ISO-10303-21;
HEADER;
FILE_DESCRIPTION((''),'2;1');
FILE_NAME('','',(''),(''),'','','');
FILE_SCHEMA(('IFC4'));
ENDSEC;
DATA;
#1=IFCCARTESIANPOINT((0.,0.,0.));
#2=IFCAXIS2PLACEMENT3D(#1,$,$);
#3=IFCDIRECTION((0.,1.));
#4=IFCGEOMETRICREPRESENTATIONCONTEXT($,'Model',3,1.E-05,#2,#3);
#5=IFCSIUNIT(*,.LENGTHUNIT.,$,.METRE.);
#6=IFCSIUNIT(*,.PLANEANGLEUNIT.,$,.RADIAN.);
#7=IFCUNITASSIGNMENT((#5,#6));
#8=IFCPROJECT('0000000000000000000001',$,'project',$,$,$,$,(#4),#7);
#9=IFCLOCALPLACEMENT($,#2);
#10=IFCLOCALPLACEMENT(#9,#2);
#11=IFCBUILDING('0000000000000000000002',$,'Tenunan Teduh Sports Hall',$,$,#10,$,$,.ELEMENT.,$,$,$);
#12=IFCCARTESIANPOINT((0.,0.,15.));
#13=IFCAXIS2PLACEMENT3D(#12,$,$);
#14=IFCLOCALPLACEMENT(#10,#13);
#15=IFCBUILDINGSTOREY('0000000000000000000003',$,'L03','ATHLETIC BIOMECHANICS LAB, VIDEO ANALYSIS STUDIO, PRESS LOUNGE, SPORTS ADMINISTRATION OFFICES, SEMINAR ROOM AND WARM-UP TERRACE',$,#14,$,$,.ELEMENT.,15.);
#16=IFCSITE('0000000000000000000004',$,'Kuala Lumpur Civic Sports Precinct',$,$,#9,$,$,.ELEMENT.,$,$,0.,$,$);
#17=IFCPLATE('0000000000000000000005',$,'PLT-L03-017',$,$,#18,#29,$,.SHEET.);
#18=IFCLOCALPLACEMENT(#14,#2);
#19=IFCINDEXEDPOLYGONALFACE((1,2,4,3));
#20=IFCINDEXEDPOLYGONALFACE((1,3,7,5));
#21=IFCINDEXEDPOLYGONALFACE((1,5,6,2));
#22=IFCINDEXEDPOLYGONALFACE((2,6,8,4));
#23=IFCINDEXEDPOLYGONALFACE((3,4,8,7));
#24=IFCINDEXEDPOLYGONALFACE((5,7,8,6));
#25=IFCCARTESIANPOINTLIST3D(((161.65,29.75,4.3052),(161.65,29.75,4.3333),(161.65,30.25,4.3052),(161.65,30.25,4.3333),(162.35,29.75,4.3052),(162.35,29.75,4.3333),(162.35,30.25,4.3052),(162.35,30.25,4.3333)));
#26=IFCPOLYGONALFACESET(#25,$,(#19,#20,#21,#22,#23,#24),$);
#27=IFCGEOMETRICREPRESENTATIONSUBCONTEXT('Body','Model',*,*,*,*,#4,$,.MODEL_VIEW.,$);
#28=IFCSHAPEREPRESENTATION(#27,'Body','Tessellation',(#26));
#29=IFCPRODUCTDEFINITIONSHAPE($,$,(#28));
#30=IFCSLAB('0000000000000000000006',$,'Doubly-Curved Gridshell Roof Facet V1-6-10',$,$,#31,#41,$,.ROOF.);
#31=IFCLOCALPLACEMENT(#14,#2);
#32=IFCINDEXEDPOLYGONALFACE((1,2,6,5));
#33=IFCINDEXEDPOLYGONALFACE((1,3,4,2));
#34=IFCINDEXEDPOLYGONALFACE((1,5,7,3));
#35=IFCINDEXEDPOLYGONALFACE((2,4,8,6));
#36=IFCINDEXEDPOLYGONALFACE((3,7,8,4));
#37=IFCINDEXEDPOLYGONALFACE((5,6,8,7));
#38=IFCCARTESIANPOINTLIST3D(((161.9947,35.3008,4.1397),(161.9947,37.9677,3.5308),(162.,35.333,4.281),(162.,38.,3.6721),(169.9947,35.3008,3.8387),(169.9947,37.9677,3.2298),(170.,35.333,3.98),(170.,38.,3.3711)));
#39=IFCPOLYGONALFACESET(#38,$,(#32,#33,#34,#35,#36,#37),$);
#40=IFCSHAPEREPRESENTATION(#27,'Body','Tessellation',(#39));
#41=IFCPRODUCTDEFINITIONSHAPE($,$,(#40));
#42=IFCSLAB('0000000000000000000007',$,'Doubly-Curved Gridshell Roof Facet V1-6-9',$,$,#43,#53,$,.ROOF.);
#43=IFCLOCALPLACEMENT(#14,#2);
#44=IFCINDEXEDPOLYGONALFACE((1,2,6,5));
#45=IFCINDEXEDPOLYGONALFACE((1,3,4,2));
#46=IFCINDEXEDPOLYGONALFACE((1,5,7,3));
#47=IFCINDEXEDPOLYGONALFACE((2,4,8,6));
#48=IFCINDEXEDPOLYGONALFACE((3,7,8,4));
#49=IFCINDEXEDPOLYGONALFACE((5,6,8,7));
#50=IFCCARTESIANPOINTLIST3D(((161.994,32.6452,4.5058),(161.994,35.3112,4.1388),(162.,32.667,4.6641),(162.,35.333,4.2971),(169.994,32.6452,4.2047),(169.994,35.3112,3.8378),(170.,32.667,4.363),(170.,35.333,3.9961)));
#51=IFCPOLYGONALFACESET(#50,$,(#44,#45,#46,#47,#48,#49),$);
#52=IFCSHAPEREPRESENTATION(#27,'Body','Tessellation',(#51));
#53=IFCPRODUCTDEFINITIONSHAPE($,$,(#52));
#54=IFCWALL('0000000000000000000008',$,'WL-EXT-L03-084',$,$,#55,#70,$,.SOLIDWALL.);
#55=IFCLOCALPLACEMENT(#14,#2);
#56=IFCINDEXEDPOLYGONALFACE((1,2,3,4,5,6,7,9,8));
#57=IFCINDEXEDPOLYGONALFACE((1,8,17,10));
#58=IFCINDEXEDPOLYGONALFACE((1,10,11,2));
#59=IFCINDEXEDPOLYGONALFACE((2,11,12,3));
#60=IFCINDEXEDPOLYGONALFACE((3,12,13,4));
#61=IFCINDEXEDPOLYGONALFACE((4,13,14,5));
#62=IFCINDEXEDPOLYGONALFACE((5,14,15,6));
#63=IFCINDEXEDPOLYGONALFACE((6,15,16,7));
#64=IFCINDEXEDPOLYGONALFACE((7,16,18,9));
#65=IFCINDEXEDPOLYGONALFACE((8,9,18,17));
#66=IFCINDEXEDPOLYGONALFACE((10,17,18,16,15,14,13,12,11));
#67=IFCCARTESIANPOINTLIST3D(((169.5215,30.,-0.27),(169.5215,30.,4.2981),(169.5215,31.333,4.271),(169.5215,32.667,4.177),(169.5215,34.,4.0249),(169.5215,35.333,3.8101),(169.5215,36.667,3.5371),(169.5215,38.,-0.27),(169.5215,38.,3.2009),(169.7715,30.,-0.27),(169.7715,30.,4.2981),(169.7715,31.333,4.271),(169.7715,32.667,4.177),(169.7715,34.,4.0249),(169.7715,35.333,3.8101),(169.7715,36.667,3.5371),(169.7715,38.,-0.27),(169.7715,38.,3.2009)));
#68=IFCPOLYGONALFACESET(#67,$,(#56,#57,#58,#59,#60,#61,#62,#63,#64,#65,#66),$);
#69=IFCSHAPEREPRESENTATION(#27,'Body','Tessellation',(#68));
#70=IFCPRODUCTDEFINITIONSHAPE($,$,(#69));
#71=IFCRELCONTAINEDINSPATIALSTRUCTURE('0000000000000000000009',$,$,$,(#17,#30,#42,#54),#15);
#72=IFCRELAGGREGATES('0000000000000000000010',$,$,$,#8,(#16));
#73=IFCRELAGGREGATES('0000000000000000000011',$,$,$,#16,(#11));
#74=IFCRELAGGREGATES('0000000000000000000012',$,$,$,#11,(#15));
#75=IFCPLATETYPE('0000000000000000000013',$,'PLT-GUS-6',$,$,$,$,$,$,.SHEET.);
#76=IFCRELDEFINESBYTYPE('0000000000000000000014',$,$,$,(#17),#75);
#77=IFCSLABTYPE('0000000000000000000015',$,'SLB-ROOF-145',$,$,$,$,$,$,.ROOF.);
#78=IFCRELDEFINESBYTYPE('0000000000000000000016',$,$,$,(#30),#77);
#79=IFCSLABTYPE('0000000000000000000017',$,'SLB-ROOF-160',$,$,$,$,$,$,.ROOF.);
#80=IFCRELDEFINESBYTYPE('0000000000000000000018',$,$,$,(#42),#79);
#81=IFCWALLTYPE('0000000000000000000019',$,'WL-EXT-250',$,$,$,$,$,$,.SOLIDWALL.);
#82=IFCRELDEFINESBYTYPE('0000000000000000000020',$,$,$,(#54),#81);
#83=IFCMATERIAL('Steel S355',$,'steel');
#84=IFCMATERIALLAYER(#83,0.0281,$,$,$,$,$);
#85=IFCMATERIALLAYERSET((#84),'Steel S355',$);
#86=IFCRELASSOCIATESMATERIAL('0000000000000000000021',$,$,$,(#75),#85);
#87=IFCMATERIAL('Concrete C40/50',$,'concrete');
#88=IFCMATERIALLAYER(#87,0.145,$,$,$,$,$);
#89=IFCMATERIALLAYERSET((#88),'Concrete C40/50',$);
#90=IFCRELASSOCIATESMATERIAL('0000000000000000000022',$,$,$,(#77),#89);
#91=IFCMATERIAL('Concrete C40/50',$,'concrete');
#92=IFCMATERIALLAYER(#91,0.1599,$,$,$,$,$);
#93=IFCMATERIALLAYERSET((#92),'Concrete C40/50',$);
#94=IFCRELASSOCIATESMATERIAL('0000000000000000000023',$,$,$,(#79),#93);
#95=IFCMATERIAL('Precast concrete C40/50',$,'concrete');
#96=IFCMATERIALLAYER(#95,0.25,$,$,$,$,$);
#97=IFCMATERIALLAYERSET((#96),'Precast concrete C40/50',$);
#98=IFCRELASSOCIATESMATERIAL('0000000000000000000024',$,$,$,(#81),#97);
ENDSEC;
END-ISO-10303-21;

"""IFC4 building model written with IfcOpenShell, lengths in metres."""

from ifc_helpers import new_model, si_unit, direction, frame, origin, origin_2d, place, context, subcontext, project, spatial, polyline, rectangle, outline, extrude, material, layer, layer_set, type_object, element, save


model = new_model("IFC4")

# Units and contexts
model_context = context("Model", 3, precision=1e-05, world=origin(), true_north=direction((0.0, 1.0)))
body_context = subcontext(model_context, "Body", "Model", "MODEL_VIEW")
ifc_project = project(units=[si_unit("LENGTHUNIT", "METRE"), si_unit("PLANEANGLEUNIT", "RADIAN")], contexts=[model_context])

# Site, building, storey
site_placement = place(None, origin())
site = spatial("IfcSite", under=ifc_project, at=site_placement, Name="Kuala Lumpur Civic Sports Precinct", CompositionType="ELEMENT", RefElevation=0.0)
building_placement = place(site_placement, origin())
building = spatial("IfcBuilding", under=site, at=building_placement, Name="Tenunan Teduh Sports Hall", CompositionType="ELEMENT")
storey_placement = place(building_placement, frame((0.0, 0.0, 15.0)))
storey = spatial("IfcBuildingStorey", under=building, at=storey_placement, Name="L03", Description="ATHLETIC BIOMECHANICS LAB, VIDEO ANALYSIS STUDIO, PRESS LOUNGE, SPORTS ADMINISTRATION OFFICES, SEMINAR ROOM AND WARM-UP TERRACE", CompositionType="ELEMENT", Elevation=15.0)

# Plate
ifc_material_1 = material(Name="Steel S355", Category="steel")
ifc_layer_1 = layer(ifc_material_1, 0.0281)
ifc_layer_set_1 = layer_set([ifc_layer_1], Name="Steel S355")
plate_type_1 = type_object("IfcPlateType", Name="PLT-GUS-6", PredefinedType="SHEET", material=ifc_layer_set_1)
plate_1_placement = place(storey_placement, frame((162.0, 30.0, 4.3052), z_axis=(0.0, 0.0, 1.0), x_axis=(1.0, 0.0, 0.0)))
element("IfcPlate", 1, at=plate_1_placement, inside=storey, type_object=plate_type_1, Name="PLT-L03-017", PredefinedType="SHEET", context=body_context, shape_type="SweptSolid", body=[
    extrude(rectangle(XDim=0.7, YDim=0.5, at=origin_2d()), origin(), (0.0, 0.0, 1.0), 0.0281),
])

# Slabs
ifc_material_2 = material(Name="Concrete C40/50", Category="concrete")
ifc_layer_2 = layer(ifc_material_2, 0.145)
ifc_layer_set_2 = layer_set([ifc_layer_2], Name="Concrete C40/50")
slab_type_1 = type_object("IfcSlabType", Name="SLB-ROOF-145", PredefinedType="ROOF", material=ifc_layer_set_2)
slab_1_placement = place(storey_placement, frame((162.0, 35.333, 4.281), z_axis=(0.03666, 0.222428, 0.97426), x_axis=(0.999293, 0.0, -0.037602)))
element("IfcSlab", 2, at=slab_1_placement, inside=storey, type_object=slab_type_1, Name="Doubly-Curved Gridshell Roof Facet V1-6-10", PredefinedType="ROOF", context=body_context, shape_type="SweptSolid", body=[
    extrude(outline(polyline([(0.0, 0.0), (8.0057, 0.0), (8.0286, 2.7355), (0.0229, 2.7355), (0.0, 0.0)])), origin(), (0.0, 0.0, -1.0), 0.145),
])
ifc_material_3 = material(Name="Concrete C40/50", Category="concrete")
ifc_layer_3 = layer(ifc_material_3, 0.1599)
ifc_layer_set_3 = layer_set([ifc_layer_3], Name="Concrete C40/50")
slab_type_2 = type_object("IfcSlabType", Name="SLB-ROOF-160", PredefinedType="ROOF", material=ifc_layer_set_3)
slab_2_placement = place(storey_placement, frame((162.0, 32.667, 4.6641), z_axis=(0.037251, 0.136257, 0.989973), x_axis=(0.999293, 0.0, -0.037602)))
element("IfcSlab", 3, at=slab_2_placement, inside=storey, type_object=slab_type_2, Name="Doubly-Curved Gridshell Roof Facet V1-6-9", PredefinedType="ROOF", context=body_context, shape_type="SweptSolid", body=[
    extrude(outline(polyline([(0.0, 0.0), (8.0057, 0.0), (8.0195, 2.6911), (0.0138, 2.6911), (0.0, 0.0)])), origin(), (0.0, 0.0, -1.0), 0.1599),
])

# Wall
ifc_material_4 = material(Name="Precast concrete C40/50", Category="concrete")
ifc_layer_4 = layer(ifc_material_4, 0.25)
ifc_layer_set_4 = layer_set([ifc_layer_4], Name="Precast concrete C40/50")
wall_type = type_object("IfcWallType", Name="WL-EXT-250", PredefinedType="SOLIDWALL", material=ifc_layer_set_4)
wall_placement = place(storey_placement, frame((169.6465, 30.0, -0.27), z_axis=(0.0, 0.0, 1.0), x_axis=(0.0, 1.0, 0.0)))
element("IfcWall", 4, at=wall_placement, inside=storey, type_object=wall_type, Name="WL-EXT-L03-084", PredefinedType="SOLIDWALL", context=body_context, shape_type="SweptSolid", body=[
    extrude(outline(polyline([(0.0, 0.0), (8.0, 0.0), (8.0, 3.4709), (6.667, 3.8071), (5.333, 4.0801), (4.0, 4.2949), (2.667, 4.447), (1.333, 4.541), (0.0, 4.5681), (0.0, 0.0)])), frame((0.0, 0.125, 0.0), z_axis=(0.0, -1.0, 0.0), x_axis=(1.0, 0.0, 0.0)), (0.0, 0.0, 1.0), 0.25),
])

save(model, "model.ifc")
